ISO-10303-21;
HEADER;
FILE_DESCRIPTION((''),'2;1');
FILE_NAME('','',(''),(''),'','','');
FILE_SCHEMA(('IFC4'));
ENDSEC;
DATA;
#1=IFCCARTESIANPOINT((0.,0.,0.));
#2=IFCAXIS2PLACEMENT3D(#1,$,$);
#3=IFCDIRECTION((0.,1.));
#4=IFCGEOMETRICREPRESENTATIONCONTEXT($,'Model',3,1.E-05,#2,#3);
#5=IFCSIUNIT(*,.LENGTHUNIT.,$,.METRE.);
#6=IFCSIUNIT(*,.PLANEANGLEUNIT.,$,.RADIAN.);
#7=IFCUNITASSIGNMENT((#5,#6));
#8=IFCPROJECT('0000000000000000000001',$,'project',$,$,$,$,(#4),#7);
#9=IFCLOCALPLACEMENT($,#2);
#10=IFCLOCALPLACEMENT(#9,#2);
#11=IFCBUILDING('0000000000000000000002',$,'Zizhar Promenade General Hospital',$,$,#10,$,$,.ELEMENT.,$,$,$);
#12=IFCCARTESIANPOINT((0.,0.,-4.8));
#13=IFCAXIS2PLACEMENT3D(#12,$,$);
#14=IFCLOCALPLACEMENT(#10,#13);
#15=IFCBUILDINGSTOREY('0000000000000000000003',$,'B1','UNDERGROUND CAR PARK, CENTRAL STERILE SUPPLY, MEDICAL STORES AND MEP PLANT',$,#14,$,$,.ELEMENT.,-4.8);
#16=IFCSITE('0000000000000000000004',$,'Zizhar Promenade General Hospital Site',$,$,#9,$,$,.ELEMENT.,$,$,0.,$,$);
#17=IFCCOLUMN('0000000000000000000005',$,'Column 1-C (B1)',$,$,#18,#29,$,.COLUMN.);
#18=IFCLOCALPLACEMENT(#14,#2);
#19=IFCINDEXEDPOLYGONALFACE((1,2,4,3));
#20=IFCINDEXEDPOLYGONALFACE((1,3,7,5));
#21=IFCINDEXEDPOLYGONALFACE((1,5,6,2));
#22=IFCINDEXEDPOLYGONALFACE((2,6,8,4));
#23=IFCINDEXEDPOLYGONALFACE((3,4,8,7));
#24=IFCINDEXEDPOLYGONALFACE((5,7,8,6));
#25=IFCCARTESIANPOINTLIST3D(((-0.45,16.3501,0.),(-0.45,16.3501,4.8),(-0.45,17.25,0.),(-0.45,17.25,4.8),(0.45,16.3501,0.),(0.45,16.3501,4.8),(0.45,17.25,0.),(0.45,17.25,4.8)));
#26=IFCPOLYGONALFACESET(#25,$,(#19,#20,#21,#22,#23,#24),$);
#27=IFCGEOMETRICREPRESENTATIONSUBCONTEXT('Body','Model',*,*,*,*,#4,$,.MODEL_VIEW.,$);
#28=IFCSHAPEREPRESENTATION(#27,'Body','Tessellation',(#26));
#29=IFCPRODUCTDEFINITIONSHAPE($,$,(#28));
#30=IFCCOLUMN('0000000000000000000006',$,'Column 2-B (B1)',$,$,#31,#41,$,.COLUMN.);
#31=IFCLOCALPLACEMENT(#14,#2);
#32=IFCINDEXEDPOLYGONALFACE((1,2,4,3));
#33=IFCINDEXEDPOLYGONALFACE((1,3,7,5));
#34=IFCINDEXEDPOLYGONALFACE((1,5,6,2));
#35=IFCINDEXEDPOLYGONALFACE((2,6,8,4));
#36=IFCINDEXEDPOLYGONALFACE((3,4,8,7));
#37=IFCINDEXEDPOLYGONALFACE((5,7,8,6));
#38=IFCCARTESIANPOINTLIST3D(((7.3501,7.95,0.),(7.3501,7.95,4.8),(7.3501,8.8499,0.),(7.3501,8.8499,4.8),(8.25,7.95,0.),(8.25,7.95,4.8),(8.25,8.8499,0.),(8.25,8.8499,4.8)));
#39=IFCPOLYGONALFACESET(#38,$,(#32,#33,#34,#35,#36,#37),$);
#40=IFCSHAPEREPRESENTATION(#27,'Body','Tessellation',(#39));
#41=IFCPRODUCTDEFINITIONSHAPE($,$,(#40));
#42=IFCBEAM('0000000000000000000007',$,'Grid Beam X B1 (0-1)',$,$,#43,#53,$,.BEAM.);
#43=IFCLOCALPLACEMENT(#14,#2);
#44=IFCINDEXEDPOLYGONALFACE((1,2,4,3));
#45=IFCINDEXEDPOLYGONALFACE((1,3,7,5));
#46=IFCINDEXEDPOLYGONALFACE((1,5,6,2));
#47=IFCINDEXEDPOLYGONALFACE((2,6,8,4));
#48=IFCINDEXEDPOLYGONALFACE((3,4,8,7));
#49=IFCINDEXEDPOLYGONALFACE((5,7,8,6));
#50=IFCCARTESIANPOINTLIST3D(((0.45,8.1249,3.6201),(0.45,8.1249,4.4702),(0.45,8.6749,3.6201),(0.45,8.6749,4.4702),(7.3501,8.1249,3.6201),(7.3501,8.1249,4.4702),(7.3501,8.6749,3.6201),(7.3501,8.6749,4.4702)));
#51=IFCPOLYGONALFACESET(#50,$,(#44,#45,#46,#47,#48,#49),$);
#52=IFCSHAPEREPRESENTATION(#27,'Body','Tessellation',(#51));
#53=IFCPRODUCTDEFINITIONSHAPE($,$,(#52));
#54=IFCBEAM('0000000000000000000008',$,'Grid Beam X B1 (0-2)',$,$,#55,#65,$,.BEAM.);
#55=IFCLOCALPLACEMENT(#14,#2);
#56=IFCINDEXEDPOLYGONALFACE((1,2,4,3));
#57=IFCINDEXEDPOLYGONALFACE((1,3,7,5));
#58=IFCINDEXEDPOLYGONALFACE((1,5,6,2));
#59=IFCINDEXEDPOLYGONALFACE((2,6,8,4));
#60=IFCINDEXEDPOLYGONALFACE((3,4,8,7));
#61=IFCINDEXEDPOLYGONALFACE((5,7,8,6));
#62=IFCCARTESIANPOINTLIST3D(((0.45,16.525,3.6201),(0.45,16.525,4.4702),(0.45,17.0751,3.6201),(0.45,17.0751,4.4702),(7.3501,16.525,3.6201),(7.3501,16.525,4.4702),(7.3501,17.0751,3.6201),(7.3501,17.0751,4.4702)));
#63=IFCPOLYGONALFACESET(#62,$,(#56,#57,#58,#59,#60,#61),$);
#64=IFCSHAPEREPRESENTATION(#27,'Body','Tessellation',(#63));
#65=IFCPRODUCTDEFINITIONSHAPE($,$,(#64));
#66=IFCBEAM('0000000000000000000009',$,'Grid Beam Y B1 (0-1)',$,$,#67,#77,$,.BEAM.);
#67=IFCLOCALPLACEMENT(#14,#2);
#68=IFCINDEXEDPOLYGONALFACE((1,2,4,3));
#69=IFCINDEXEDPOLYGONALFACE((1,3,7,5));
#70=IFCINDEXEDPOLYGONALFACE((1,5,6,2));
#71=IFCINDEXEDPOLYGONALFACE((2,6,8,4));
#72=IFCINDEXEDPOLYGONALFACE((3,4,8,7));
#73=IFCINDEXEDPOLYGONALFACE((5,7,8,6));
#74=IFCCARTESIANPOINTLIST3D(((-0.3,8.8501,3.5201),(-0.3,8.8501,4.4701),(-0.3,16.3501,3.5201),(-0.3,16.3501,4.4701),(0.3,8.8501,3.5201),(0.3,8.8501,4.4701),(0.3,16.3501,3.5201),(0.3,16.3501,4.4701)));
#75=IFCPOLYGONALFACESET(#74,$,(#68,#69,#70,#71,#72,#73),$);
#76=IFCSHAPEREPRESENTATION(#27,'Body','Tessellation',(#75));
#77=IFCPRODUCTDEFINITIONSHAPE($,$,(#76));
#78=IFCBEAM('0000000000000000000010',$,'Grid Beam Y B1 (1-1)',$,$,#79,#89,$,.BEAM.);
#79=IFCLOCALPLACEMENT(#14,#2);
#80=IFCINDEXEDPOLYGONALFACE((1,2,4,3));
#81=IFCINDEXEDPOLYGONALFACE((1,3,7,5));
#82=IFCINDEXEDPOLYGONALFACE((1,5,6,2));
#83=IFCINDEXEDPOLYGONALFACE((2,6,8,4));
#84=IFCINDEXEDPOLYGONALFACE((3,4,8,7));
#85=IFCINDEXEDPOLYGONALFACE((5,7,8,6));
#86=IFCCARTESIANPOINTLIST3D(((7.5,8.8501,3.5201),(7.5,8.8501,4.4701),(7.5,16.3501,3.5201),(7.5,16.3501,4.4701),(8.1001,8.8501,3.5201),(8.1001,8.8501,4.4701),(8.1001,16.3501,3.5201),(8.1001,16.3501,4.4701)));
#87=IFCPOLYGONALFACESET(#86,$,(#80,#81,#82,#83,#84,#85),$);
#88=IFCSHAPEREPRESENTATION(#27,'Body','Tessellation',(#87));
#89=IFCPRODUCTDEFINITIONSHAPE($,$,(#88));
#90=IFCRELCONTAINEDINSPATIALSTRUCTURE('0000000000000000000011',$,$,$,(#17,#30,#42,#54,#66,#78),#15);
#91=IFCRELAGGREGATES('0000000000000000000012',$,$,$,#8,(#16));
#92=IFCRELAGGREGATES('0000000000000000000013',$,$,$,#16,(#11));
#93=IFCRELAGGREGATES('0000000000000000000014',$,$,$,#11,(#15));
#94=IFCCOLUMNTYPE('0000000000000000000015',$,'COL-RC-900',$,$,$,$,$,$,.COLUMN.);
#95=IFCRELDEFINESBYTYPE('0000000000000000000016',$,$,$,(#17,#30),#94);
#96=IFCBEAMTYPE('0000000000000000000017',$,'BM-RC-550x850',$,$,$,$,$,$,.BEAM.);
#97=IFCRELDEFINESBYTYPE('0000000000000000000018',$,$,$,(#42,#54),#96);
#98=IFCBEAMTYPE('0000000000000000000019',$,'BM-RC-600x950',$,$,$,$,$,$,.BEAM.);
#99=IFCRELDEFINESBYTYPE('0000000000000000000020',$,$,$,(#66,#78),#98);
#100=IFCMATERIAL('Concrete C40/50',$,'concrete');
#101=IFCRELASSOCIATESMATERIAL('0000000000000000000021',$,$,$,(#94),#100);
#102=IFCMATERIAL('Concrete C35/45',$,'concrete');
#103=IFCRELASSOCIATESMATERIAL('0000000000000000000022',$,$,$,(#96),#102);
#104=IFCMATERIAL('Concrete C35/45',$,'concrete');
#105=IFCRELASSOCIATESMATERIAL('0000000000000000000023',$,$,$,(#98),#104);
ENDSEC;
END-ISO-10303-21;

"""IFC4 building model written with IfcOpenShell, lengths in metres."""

from ifc_helpers import new_model, si_unit, direction, frame, origin, origin_2d, place, context, subcontext, project, spatial, rectangle, extrude, material, material_profile, profile_set, type_object, element, save


model = new_model("IFC4")

# Units and contexts
model_context = context("Model", 3, precision=1e-05, world=origin(), true_north=direction((0.0, 1.0)))
body_context = subcontext(model_context, "Body", "Model", "MODEL_VIEW")
ifc_project = project(units=[si_unit("LENGTHUNIT", "METRE"), si_unit("PLANEANGLEUNIT", "RADIAN")], contexts=[model_context])

# Site, building, storey
site_placement = place(None, origin())
site = spatial("IfcSite", under=ifc_project, at=site_placement, Name="Zizhar Promenade General Hospital Site", CompositionType="ELEMENT", RefElevation=0.0)
building_placement = place(site_placement, origin())
building = spatial("IfcBuilding", under=site, at=building_placement, Name="Zizhar Promenade General Hospital", CompositionType="ELEMENT")
storey_placement = place(building_placement, frame((0.0, 0.0, -4.8)))
storey = spatial("IfcBuildingStorey", under=building, at=storey_placement, Name="B1", Description="UNDERGROUND CAR PARK, CENTRAL STERILE SUPPLY, MEDICAL STORES AND MEP PLANT", CompositionType="ELEMENT", Elevation=-4.8)

# Columns
ifc_material_1 = material(Name="Concrete C40/50", Category="concrete")
ifc_material_profile_1 = material_profile(ifc_material_1, rectangle(XDim=0.8999, YDim=0.8999, at=origin_2d()))
ifc_profile_set_1 = profile_set([ifc_material_profile_1], Name="Concrete C40/50")
column_type = type_object("IfcColumnType", Name="COL-RC-900", PredefinedType="COLUMN", material=ifc_profile_set_1)
for number, where, z_axis, x_axis, name in (
    (1, (0.0, 16.8, 0.0), (0.0, 0.0, 1.0), (1.0, 0.0, 0.0), "Column 1-C (B1)"),
    (2, (7.8, 8.3999, 0.0), (0.0, 0.0, 1.0), (1.0, 0.0, 0.0), "Column 2-B (B1)"),
):
    element("IfcColumn", number, at=place(storey_placement, frame(where, z_axis=z_axis, x_axis=x_axis)), inside=storey, type_object=column_type, Name=name, PredefinedType="COLUMN", context=body_context, shape_type="SweptSolid", body=[
        extrude(rectangle(XDim=0.8999, YDim=0.8999, at=origin_2d()), origin(), (0.0, 0.0, 1.0), 4.8),
    ])

# Beams
ifc_material_2 = material(Name="Concrete C35/45", Category="concrete")
ifc_material_profile_2 = material_profile(ifc_material_2, rectangle(XDim=0.55, YDim=0.8501, at=origin_2d()))
ifc_profile_set_2 = profile_set([ifc_material_profile_2], Name="Concrete C35/45")
beam_type_1 = type_object("IfcBeamType", Name="BM-RC-550x850", PredefinedType="BEAM", material=ifc_profile_set_2)
for number, where, z_axis, x_axis, name in (
    (3, (0.45, 8.3999, 4.0452), (1.0, 0.0, 0.0), (0.0, 1.0, 0.0), "Grid Beam X B1 (0-1)"),
    (4, (0.45, 16.8, 4.0452), (1.0, 0.0, 0.0), (0.0, 1.0, 0.0), "Grid Beam X B1 (0-2)"),
):
    element("IfcBeam", number, at=place(storey_placement, frame(where, z_axis=z_axis, x_axis=x_axis)), inside=storey, type_object=beam_type_1, Name=name, PredefinedType="BEAM", context=body_context, shape_type="SweptSolid", body=[
        extrude(rectangle(XDim=0.55, YDim=0.8501, at=origin_2d()), origin(), (0.0, 0.0, 1.0), 6.9001),
    ])
ifc_material_3 = material(Name="Concrete C35/45", Category="concrete")
ifc_material_profile_3 = material_profile(ifc_material_3, rectangle(XDim=0.6001, YDim=0.95, at=origin_2d()))
ifc_profile_set_3 = profile_set([ifc_material_profile_3], Name="Concrete C35/45")
beam_type_2 = type_object("IfcBeamType", Name="BM-RC-600x950", PredefinedType="BEAM", material=ifc_profile_set_3)
for number, where, z_axis, x_axis, name in (
    (5, (0.0, 8.8501, 3.9951), (0.0, 1.0, 0.0), (-1.0, 0.0, 0.0), "Grid Beam Y B1 (0-1)"),
    (6, (7.8, 8.8501, 3.9951), (0.0, 1.0, 0.0), (-1.0, 0.0, 0.0), "Grid Beam Y B1 (1-1)"),
):
    element("IfcBeam", number, at=place(storey_placement, frame(where, z_axis=z_axis, x_axis=x_axis)), inside=storey, type_object=beam_type_2, Name=name, PredefinedType="BEAM", context=body_context, shape_type="SweptSolid", body=[
        extrude(rectangle(XDim=0.6001, YDim=0.95, at=origin_2d()), origin(), (0.0, 0.0, 1.0), 7.5),
    ])

save(model, "model.ifc")
